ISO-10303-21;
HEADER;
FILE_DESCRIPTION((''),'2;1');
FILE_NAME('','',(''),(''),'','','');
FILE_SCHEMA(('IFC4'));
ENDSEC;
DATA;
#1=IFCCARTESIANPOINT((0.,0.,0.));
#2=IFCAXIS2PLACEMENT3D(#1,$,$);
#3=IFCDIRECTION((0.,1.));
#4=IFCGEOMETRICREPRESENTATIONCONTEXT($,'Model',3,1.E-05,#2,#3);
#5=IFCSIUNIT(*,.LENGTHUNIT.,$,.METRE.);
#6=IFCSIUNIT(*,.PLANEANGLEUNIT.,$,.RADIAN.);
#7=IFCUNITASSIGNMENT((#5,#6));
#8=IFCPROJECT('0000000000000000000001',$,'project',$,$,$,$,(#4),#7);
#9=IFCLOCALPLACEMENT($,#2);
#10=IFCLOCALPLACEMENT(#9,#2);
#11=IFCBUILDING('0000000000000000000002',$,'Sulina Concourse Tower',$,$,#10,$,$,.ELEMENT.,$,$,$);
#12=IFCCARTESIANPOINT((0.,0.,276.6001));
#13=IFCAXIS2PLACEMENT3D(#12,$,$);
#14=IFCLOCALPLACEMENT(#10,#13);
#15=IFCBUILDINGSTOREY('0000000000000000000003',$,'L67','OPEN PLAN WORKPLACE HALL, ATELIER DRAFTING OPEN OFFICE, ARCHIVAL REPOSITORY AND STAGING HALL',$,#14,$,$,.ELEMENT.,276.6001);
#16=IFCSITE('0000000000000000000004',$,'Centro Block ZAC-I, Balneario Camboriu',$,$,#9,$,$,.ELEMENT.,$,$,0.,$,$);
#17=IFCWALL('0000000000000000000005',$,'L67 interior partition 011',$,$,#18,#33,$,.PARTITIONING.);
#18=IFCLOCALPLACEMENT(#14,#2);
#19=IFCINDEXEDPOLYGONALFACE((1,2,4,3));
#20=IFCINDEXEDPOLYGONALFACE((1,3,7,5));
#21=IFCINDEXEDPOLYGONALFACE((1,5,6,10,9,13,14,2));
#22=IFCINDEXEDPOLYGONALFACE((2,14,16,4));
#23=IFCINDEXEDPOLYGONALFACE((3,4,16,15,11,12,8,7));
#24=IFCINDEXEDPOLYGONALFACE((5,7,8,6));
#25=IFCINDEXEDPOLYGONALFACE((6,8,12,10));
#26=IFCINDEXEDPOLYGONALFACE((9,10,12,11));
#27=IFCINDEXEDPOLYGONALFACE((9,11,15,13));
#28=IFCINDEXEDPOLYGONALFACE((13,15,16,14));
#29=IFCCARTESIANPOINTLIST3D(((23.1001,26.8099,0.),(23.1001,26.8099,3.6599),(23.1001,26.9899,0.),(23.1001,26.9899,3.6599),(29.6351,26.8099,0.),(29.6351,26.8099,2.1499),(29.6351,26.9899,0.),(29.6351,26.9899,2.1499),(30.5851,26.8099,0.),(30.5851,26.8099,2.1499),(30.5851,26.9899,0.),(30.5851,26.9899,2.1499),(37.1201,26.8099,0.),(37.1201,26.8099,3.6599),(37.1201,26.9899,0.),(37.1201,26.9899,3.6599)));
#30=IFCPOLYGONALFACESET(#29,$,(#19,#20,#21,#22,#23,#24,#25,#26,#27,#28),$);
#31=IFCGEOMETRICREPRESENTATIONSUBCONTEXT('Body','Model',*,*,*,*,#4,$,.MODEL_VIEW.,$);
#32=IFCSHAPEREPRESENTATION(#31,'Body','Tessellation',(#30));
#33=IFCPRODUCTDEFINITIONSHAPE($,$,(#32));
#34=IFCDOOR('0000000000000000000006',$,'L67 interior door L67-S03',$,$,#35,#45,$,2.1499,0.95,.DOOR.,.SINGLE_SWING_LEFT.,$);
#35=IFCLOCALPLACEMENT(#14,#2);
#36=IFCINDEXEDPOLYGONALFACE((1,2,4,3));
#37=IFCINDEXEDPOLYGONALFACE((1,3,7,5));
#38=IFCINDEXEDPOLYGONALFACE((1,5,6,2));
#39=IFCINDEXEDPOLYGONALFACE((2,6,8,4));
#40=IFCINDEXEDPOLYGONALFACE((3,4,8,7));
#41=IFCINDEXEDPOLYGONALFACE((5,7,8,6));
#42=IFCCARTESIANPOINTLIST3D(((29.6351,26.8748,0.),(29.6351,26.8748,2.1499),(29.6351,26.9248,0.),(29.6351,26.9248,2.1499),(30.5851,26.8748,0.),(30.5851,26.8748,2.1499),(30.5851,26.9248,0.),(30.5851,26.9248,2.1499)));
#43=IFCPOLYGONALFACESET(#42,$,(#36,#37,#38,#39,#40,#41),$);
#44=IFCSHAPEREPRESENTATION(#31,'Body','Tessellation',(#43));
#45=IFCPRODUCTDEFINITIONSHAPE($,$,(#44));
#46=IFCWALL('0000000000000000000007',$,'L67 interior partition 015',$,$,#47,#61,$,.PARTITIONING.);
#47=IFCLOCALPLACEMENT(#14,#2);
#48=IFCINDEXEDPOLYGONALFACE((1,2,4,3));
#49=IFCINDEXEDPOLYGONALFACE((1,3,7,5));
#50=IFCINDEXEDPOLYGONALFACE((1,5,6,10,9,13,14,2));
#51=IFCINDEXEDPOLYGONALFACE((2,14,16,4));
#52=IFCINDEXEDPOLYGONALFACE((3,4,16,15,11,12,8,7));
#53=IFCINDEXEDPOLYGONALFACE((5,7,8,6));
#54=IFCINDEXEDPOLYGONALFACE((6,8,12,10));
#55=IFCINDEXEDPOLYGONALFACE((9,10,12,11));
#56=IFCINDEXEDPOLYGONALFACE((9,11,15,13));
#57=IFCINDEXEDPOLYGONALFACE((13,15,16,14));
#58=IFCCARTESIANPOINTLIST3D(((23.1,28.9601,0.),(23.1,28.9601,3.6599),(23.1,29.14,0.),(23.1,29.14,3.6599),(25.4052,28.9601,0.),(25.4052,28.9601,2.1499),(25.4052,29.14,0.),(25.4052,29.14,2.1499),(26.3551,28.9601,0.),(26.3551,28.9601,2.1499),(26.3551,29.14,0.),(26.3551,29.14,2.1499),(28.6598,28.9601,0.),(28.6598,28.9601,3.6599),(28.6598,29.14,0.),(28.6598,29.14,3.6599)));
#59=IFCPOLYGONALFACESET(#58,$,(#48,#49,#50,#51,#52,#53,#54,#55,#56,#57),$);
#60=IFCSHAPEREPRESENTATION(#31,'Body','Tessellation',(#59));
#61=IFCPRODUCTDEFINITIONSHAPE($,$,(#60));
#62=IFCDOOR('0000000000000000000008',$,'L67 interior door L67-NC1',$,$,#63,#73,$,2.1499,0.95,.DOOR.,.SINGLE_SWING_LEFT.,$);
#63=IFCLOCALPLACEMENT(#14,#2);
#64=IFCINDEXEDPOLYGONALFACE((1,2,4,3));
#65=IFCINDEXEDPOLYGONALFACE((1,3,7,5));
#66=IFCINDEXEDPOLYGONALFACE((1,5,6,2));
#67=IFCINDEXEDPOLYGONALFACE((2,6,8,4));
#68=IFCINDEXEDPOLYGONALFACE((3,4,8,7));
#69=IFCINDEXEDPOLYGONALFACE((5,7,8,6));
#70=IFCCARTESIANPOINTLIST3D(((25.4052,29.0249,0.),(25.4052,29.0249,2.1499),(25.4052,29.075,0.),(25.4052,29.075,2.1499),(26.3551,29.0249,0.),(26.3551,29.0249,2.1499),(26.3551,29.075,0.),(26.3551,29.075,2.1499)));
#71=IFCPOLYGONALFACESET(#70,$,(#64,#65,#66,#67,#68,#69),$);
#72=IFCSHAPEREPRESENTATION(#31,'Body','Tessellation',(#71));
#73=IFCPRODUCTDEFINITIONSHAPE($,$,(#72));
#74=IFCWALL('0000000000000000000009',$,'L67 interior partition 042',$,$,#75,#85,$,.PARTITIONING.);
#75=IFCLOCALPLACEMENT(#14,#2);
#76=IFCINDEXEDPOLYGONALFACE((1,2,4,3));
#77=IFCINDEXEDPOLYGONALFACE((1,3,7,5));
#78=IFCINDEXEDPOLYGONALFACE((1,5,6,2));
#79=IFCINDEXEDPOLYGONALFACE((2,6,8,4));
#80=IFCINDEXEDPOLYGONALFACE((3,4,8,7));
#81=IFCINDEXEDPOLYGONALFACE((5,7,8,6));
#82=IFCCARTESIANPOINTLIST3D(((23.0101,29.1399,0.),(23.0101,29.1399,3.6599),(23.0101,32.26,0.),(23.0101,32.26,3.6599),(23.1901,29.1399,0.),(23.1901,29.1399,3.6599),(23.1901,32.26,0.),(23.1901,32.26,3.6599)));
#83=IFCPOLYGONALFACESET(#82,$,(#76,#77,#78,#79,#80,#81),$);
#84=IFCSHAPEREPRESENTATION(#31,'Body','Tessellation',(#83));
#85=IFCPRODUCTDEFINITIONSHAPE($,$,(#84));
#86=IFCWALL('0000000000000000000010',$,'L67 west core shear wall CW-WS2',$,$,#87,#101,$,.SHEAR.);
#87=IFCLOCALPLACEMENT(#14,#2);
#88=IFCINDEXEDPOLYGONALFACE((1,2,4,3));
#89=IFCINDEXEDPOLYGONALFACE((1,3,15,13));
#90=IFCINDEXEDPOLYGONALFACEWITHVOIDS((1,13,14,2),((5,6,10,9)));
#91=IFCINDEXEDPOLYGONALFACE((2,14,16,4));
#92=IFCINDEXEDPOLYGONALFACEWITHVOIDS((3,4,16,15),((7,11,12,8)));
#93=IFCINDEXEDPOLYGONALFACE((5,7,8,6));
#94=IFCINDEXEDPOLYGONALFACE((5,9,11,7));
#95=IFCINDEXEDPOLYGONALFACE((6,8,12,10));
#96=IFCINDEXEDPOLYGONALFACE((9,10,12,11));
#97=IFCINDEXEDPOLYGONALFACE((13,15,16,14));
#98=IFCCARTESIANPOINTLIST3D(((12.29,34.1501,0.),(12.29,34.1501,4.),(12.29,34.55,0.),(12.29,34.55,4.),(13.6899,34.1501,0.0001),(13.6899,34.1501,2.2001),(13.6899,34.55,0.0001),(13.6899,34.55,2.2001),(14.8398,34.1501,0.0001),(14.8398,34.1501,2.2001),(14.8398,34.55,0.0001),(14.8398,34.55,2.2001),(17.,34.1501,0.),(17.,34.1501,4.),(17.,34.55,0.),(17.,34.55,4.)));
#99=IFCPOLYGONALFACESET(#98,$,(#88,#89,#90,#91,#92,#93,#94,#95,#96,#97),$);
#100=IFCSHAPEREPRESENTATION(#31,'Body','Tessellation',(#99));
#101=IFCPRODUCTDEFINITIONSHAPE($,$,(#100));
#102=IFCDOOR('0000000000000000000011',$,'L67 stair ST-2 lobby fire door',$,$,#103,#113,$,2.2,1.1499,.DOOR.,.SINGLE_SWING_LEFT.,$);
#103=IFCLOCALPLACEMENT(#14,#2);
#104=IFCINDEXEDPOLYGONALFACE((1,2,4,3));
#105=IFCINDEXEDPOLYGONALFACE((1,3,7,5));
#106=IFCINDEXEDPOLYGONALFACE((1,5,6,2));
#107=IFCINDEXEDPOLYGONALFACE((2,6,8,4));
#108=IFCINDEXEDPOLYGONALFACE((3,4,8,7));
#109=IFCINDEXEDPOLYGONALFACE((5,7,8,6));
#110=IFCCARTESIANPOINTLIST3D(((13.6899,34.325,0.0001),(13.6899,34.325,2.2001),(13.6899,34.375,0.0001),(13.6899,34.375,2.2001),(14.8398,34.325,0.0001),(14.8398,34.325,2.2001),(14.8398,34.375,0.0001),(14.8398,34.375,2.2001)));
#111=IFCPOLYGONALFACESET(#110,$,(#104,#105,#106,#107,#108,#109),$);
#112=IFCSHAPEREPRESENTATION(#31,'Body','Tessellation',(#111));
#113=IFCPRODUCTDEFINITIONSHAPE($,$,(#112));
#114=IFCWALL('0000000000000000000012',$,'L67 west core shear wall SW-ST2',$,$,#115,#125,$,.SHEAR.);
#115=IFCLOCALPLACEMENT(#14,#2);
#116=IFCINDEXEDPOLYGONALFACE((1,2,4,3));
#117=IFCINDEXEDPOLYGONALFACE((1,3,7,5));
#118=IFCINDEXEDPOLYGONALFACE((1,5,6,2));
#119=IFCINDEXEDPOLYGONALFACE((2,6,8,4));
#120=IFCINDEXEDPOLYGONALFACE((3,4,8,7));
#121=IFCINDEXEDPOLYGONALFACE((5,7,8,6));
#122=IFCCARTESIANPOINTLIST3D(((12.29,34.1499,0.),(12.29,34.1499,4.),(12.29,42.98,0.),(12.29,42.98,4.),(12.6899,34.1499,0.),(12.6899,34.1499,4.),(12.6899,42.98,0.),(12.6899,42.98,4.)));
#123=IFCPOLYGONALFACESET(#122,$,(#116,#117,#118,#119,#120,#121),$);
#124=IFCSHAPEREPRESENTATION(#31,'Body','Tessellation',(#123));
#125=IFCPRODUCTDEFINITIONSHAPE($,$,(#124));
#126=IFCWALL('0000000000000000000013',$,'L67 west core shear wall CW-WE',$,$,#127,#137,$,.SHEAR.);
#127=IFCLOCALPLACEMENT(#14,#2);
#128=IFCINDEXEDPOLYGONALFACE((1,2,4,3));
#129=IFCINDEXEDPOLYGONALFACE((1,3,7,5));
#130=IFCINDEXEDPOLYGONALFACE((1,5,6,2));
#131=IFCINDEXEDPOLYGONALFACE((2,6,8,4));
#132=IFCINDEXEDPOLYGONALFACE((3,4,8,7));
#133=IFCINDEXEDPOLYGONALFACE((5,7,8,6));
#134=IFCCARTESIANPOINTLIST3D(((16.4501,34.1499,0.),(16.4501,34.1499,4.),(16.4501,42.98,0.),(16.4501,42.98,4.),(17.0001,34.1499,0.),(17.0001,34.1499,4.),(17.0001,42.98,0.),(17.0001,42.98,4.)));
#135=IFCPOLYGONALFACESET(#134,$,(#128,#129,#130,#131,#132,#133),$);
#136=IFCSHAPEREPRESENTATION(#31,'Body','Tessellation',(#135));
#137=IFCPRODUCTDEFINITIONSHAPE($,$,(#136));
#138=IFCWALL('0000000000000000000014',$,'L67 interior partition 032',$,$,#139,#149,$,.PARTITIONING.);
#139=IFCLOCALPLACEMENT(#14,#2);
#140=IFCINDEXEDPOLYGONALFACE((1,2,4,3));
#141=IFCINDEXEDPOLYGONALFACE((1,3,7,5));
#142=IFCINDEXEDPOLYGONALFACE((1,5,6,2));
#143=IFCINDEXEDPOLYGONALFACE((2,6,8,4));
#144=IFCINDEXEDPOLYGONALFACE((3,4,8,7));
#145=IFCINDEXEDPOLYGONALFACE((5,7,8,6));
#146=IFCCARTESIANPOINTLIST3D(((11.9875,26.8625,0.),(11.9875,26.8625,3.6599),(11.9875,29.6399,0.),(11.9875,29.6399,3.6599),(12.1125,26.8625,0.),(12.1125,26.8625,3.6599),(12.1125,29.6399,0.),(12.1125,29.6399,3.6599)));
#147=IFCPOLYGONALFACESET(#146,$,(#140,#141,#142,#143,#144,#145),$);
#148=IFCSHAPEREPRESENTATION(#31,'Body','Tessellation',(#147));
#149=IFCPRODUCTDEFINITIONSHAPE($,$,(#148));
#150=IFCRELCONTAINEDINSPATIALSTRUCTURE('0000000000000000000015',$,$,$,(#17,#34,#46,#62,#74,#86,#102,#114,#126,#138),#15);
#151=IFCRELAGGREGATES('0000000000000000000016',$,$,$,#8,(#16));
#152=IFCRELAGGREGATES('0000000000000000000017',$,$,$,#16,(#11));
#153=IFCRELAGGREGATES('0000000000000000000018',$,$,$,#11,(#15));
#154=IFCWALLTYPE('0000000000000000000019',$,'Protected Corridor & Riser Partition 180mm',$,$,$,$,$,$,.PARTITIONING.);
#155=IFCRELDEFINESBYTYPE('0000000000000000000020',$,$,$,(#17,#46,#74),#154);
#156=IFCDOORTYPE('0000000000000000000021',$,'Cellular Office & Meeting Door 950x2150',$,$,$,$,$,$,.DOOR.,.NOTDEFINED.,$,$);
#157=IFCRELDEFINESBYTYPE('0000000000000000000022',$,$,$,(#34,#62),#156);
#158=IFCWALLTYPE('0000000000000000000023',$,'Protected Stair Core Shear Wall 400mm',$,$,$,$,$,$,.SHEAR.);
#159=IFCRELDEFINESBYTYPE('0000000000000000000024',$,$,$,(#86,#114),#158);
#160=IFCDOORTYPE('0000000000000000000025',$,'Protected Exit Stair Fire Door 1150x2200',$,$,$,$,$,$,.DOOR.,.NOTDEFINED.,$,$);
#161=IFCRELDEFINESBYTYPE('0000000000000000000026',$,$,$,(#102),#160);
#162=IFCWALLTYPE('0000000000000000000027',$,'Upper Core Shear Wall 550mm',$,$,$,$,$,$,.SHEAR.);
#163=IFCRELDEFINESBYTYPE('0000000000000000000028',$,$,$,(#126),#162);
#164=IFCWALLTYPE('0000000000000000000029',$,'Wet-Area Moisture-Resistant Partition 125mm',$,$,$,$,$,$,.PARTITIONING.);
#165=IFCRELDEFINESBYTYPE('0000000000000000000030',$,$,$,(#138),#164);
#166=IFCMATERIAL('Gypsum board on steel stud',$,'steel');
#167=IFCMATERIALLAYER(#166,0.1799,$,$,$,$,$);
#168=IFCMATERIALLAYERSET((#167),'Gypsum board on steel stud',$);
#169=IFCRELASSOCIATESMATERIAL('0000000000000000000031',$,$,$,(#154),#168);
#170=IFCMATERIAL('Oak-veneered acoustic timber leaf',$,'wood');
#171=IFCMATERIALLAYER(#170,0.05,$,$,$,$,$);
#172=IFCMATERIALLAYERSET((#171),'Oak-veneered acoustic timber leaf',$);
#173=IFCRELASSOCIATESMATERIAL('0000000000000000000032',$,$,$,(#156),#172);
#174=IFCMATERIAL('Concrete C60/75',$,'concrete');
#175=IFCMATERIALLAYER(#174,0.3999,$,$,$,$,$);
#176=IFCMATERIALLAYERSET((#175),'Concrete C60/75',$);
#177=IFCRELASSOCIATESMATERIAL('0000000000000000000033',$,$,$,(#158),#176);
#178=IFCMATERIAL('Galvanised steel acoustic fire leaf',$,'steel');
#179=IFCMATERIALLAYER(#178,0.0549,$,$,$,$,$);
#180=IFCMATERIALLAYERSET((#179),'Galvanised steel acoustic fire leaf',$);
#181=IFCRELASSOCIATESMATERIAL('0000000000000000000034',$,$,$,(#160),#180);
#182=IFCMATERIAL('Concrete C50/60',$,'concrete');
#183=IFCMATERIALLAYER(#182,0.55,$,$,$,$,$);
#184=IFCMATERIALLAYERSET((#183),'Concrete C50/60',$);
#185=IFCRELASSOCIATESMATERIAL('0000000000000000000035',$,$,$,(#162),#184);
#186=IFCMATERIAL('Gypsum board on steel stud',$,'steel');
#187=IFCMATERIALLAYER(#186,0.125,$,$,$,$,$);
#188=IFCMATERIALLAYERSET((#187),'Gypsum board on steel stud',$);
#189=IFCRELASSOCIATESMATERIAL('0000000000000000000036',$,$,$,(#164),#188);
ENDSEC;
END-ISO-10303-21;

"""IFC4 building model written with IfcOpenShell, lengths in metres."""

from ifc_helpers import new_model, si_unit, direction, frame, frame_2d, origin, place, context, subcontext, project, spatial, rectangle, extrude, material, layer, layer_set, type_object, element, fill, save


model = new_model("IFC4")

# Units and contexts
model_context = context("Model", 3, precision=1e-05, world=origin(), true_north=direction((0.0, 1.0)))
body_context = subcontext(model_context, "Body", "Model", "MODEL_VIEW")
ifc_project = project(units=[si_unit("LENGTHUNIT", "METRE"), si_unit("PLANEANGLEUNIT", "RADIAN")], contexts=[model_context])

# Site, building, storey
site_placement = place(None, origin())
site = spatial("IfcSite", under=ifc_project, at=site_placement, Name="Centro Block ZAC-I, Balneario Camboriu", CompositionType="ELEMENT", RefElevation=0.0)
building_placement = place(site_placement, origin())
building = spatial("IfcBuilding", under=site, at=building_placement, Name="Sulina Concourse Tower", CompositionType="ELEMENT")
storey_placement = place(building_placement, frame((0.0, 0.0, 276.6001)))
storey = spatial("IfcBuildingStorey", under=building, at=storey_placement, Name="L67", Description="OPEN PLAN WORKPLACE HALL, ATELIER DRAFTING OPEN OFFICE, ARCHIVAL REPOSITORY AND STAGING HALL", CompositionType="ELEMENT", Elevation=276.6001)

# Walls, openings, doors
ifc_material_1 = material(Name="Gypsum board on steel stud", Category="steel")
ifc_layer_1 = layer(ifc_material_1, 0.1799)
ifc_layer_set_1 = layer_set([ifc_layer_1], Name="Gypsum board on steel stud")
wall_type_1 = type_object("IfcWallType", Name="Protected Corridor & Riser Partition 180mm", PredefinedType="PARTITIONING", material=ifc_layer_set_1)
wall_1_placement = place(storey_placement, frame((23.1001, 26.8999, 0.0), z_axis=(0.0, 0.0, 1.0), x_axis=(1.0, 0.0, 0.0)))
wall_1 = element("IfcWall", 1, at=wall_1_placement, inside=storey, type_object=wall_type_1, Name="L67 interior partition 011", PredefinedType="PARTITIONING", context=body_context, shape_type="SweptSolid", body=[
    extrude(rectangle(XDim=14.02, YDim=0.1799, at=frame_2d((7.01, 0.0))), origin(), (0.0, 0.0, 1.0), 3.6599),
])
opening_1_placement = place(wall_1_placement, frame((6.5349, 0.0, 0.0)))
opening_1 = element("IfcOpeningElement", 2, at=opening_1_placement, cuts=wall_1, PredefinedType="OPENING", context=body_context, shape_type="SweptSolid", body=[
    extrude(rectangle(XDim=0.95, YDim=2.1499, at=frame_2d((0.4751, 1.075))), frame((0.0, 0.0999, 0.0), z_axis=(0.0, -1.0, 0.0), x_axis=(1.0, 0.0, 0.0)), (0.0, 0.0, 1.0), 0.2),
])
ifc_material_2 = material(Name="Oak-veneered acoustic timber leaf", Category="wood")
ifc_layer_2 = layer(ifc_material_2, 0.05)
ifc_layer_set_2 = layer_set([ifc_layer_2], Name="Oak-veneered acoustic timber leaf")
door_type_1 = type_object("IfcDoorType", Name="Cellular Office & Meeting Door 950x2150", OperationType="NOTDEFINED", PredefinedType="DOOR", material=ifc_layer_set_2)
door_1_placement = place(opening_1_placement, origin())
door_1 = element("IfcDoor", 3, at=door_1_placement, inside=storey, type_object=door_type_1, Name="L67 interior door L67-S03", OperationType="SINGLE_SWING_LEFT", OverallHeight=2.1499, OverallWidth=0.95, PredefinedType="DOOR", context=body_context, shape_type="SweptSolid", body=[
    extrude(rectangle(XDim=0.95, YDim=2.1499, at=frame_2d((0.4751, 1.075))), frame((0.0, 0.0249, 0.0), z_axis=(0.0, -1.0, 0.0), x_axis=(1.0, 0.0, 0.0)), (0.0, 0.0, 1.0), 0.05),
])
fill(opening_1, door_1)
wall_2_placement = place(storey_placement, frame((23.1001, 29.05, 0.0), z_axis=(0.0, 0.0, 1.0), x_axis=(1.0, 0.0, 0.0)))
wall_2 = element("IfcWall", 4, at=wall_2_placement, inside=storey, type_object=wall_type_1, Name="L67 interior partition 015", PredefinedType="PARTITIONING", context=body_context, shape_type="SweptSolid", body=[
    extrude(rectangle(XDim=5.5598, YDim=0.1799, at=frame_2d((2.7798, 0.0))), origin(), (0.0, 0.0, 1.0), 3.6599),
])
opening_2_placement = place(wall_2_placement, frame((2.3049, 0.0, 0.0)))
opening_2 = element("IfcOpeningElement", 5, at=opening_2_placement, cuts=wall_2, PredefinedType="OPENING", context=body_context, shape_type="SweptSolid", body=[
    extrude(rectangle(XDim=0.95, YDim=2.1499, at=frame_2d((0.4751, 1.075))), frame((0.0, 0.0999, 0.0), z_axis=(0.0, -1.0, 0.0), x_axis=(1.0, 0.0, 0.0)), (0.0, 0.0, 1.0), 0.2),
])
door_2_placement = place(opening_2_placement, origin())
door_2 = element("IfcDoor", 6, at=door_2_placement, inside=storey, type_object=door_type_1, Name="L67 interior door L67-NC1", OperationType="SINGLE_SWING_LEFT", OverallHeight=2.1499, OverallWidth=0.95, PredefinedType="DOOR", context=body_context, shape_type="SweptSolid", body=[
    extrude(rectangle(XDim=0.95, YDim=2.1499, at=frame_2d((0.4751, 1.075))), frame((0.0, 0.0249, 0.0), z_axis=(0.0, -1.0, 0.0), x_axis=(1.0, 0.0, 0.0)), (0.0, 0.0, 1.0), 0.05),
])
fill(opening_2, door_2)

# Wall
wall_3_placement = place(storey_placement, frame((23.1001, 29.1399, 0.0), z_axis=(0.0, 0.0, 1.0), x_axis=(0.0, 1.0, 0.0)))
element("IfcWall", 7, at=wall_3_placement, inside=storey, type_object=wall_type_1, Name="L67 interior partition 042", PredefinedType="PARTITIONING", context=body_context, shape_type="SweptSolid", body=[
    extrude(rectangle(XDim=3.1201, YDim=0.1799, at=frame_2d((1.5601, 0.0))), origin(), (0.0, 0.0, 1.0), 3.6599),
])

# Wall, opening, door
ifc_material_3 = material(Name="Concrete C60/75", Category="concrete")
ifc_layer_3 = layer(ifc_material_3, 0.3999)
ifc_layer_set_3 = layer_set([ifc_layer_3], Name="Concrete C60/75")
wall_type_2 = type_object("IfcWallType", Name="Protected Stair Core Shear Wall 400mm", PredefinedType="SHEAR", material=ifc_layer_set_3)
wall_4_placement = place(storey_placement, frame((12.29, 34.3501, 0.0), z_axis=(0.0, 0.0, 1.0), x_axis=(1.0, 0.0, 0.0)))
wall_4 = element("IfcWall", 8, at=wall_4_placement, inside=storey, type_object=wall_type_2, Name="L67 west core shear wall CW-WS2", PredefinedType="SHEAR", context=body_context, shape_type="SweptSolid", body=[
    extrude(rectangle(XDim=4.71, YDim=0.3999, at=frame_2d((2.355, 0.0))), origin(), (0.0, 0.0, 1.0), 4.0),
])
opening_3_placement = place(wall_4_placement, frame((1.3999, 0.0, 0.0)))
opening_3 = element("IfcOpeningElement", 9, at=opening_3_placement, cuts=wall_4, PredefinedType="OPENING", context=body_context, shape_type="SweptSolid", body=[
    extrude(rectangle(XDim=1.1499, YDim=2.2, at=frame_2d((0.575, 1.1001))), frame((0.0, 0.21, 0.0), z_axis=(0.0, -1.0, 0.0), x_axis=(1.0, 0.0, 0.0)), (0.0, 0.0, 1.0), 0.4199),
])
ifc_material_4 = material(Name="Galvanised steel acoustic fire leaf", Category="steel")
ifc_layer_4 = layer(ifc_material_4, 0.0549)
ifc_layer_set_4 = layer_set([ifc_layer_4], Name="Galvanised steel acoustic fire leaf")
door_type_2 = type_object("IfcDoorType", Name="Protected Exit Stair Fire Door 1150x2200", OperationType="NOTDEFINED", PredefinedType="DOOR", material=ifc_layer_set_4)
door_3_placement = place(opening_3_placement, origin())
door_3 = element("IfcDoor", 10, at=door_3_placement, inside=storey, type_object=door_type_2, Name="L67 stair ST-2 lobby fire door", OperationType="SINGLE_SWING_LEFT", OverallHeight=2.2, OverallWidth=1.1499, PredefinedType="DOOR", context=body_context, shape_type="SweptSolid", body=[
    extrude(rectangle(XDim=1.1499, YDim=2.2, at=frame_2d((0.575, 1.1001))), frame((0.0, 0.0249, 0.0), z_axis=(0.0, -1.0, 0.0), x_axis=(1.0, 0.0, 0.0)), (0.0, 0.0, 1.0), 0.05),
])
fill(opening_3, door_3)

# Walls
wall_5_placement = place(storey_placement, frame((12.49, 34.1499, 0.0), z_axis=(0.0, 0.0, 1.0), x_axis=(0.0, 1.0, 0.0)))
element("IfcWall", 11, at=wall_5_placement, inside=storey, type_object=wall_type_2, Name="L67 west core shear wall SW-ST2", PredefinedType="SHEAR", context=body_context, shape_type="SweptSolid", body=[
    extrude(rectangle(XDim=8.8301, YDim=0.3999, at=frame_2d((4.415, 0.0))), origin(), (0.0, 0.0, 1.0), 4.0),
])
ifc_material_5 = material(Name="Concrete C50/60", Category="concrete")
ifc_layer_5 = layer(ifc_material_5, 0.55)
ifc_layer_set_5 = layer_set([ifc_layer_5], Name="Concrete C50/60")
wall_type_3 = type_object("IfcWallType", Name="Upper Core Shear Wall 550mm", PredefinedType="SHEAR", material=ifc_layer_set_5)
wall_6_placement = place(storey_placement, frame((16.7251, 34.1499, 0.0), z_axis=(0.0, 0.0, 1.0), x_axis=(0.0, 1.0, 0.0)))
element("IfcWall", 12, at=wall_6_placement, inside=storey, type_object=wall_type_3, Name="L67 west core shear wall CW-WE", PredefinedType="SHEAR", context=body_context, shape_type="SweptSolid", body=[
    extrude(rectangle(XDim=8.8301, YDim=0.55, at=frame_2d((4.415, 0.0))), origin(), (0.0, 0.0, 1.0), 4.0),
])
ifc_material_6 = material(Name="Gypsum board on steel stud", Category="steel")
ifc_layer_6 = layer(ifc_material_6, 0.125)
ifc_layer_set_6 = layer_set([ifc_layer_6], Name="Gypsum board on steel stud")
wall_type_4 = type_object("IfcWallType", Name="Wet-Area Moisture-Resistant Partition 125mm", PredefinedType="PARTITIONING", material=ifc_layer_set_6)
wall_7_placement = place(storey_placement, frame((12.05, 26.8625, 0.0), z_axis=(0.0, 0.0, 1.0), x_axis=(0.0, 1.0, 0.0)))
element("IfcWall", 13, at=wall_7_placement, inside=storey, type_object=wall_type_4, Name="L67 interior partition 032", PredefinedType="PARTITIONING", context=body_context, shape_type="SweptSolid", body=[
    extrude(rectangle(XDim=2.7773, YDim=0.125, at=frame_2d((1.3887, 0.0))), origin(), (0.0, 0.0, 1.0), 3.6599),
])

save(model, "model.ifc")
